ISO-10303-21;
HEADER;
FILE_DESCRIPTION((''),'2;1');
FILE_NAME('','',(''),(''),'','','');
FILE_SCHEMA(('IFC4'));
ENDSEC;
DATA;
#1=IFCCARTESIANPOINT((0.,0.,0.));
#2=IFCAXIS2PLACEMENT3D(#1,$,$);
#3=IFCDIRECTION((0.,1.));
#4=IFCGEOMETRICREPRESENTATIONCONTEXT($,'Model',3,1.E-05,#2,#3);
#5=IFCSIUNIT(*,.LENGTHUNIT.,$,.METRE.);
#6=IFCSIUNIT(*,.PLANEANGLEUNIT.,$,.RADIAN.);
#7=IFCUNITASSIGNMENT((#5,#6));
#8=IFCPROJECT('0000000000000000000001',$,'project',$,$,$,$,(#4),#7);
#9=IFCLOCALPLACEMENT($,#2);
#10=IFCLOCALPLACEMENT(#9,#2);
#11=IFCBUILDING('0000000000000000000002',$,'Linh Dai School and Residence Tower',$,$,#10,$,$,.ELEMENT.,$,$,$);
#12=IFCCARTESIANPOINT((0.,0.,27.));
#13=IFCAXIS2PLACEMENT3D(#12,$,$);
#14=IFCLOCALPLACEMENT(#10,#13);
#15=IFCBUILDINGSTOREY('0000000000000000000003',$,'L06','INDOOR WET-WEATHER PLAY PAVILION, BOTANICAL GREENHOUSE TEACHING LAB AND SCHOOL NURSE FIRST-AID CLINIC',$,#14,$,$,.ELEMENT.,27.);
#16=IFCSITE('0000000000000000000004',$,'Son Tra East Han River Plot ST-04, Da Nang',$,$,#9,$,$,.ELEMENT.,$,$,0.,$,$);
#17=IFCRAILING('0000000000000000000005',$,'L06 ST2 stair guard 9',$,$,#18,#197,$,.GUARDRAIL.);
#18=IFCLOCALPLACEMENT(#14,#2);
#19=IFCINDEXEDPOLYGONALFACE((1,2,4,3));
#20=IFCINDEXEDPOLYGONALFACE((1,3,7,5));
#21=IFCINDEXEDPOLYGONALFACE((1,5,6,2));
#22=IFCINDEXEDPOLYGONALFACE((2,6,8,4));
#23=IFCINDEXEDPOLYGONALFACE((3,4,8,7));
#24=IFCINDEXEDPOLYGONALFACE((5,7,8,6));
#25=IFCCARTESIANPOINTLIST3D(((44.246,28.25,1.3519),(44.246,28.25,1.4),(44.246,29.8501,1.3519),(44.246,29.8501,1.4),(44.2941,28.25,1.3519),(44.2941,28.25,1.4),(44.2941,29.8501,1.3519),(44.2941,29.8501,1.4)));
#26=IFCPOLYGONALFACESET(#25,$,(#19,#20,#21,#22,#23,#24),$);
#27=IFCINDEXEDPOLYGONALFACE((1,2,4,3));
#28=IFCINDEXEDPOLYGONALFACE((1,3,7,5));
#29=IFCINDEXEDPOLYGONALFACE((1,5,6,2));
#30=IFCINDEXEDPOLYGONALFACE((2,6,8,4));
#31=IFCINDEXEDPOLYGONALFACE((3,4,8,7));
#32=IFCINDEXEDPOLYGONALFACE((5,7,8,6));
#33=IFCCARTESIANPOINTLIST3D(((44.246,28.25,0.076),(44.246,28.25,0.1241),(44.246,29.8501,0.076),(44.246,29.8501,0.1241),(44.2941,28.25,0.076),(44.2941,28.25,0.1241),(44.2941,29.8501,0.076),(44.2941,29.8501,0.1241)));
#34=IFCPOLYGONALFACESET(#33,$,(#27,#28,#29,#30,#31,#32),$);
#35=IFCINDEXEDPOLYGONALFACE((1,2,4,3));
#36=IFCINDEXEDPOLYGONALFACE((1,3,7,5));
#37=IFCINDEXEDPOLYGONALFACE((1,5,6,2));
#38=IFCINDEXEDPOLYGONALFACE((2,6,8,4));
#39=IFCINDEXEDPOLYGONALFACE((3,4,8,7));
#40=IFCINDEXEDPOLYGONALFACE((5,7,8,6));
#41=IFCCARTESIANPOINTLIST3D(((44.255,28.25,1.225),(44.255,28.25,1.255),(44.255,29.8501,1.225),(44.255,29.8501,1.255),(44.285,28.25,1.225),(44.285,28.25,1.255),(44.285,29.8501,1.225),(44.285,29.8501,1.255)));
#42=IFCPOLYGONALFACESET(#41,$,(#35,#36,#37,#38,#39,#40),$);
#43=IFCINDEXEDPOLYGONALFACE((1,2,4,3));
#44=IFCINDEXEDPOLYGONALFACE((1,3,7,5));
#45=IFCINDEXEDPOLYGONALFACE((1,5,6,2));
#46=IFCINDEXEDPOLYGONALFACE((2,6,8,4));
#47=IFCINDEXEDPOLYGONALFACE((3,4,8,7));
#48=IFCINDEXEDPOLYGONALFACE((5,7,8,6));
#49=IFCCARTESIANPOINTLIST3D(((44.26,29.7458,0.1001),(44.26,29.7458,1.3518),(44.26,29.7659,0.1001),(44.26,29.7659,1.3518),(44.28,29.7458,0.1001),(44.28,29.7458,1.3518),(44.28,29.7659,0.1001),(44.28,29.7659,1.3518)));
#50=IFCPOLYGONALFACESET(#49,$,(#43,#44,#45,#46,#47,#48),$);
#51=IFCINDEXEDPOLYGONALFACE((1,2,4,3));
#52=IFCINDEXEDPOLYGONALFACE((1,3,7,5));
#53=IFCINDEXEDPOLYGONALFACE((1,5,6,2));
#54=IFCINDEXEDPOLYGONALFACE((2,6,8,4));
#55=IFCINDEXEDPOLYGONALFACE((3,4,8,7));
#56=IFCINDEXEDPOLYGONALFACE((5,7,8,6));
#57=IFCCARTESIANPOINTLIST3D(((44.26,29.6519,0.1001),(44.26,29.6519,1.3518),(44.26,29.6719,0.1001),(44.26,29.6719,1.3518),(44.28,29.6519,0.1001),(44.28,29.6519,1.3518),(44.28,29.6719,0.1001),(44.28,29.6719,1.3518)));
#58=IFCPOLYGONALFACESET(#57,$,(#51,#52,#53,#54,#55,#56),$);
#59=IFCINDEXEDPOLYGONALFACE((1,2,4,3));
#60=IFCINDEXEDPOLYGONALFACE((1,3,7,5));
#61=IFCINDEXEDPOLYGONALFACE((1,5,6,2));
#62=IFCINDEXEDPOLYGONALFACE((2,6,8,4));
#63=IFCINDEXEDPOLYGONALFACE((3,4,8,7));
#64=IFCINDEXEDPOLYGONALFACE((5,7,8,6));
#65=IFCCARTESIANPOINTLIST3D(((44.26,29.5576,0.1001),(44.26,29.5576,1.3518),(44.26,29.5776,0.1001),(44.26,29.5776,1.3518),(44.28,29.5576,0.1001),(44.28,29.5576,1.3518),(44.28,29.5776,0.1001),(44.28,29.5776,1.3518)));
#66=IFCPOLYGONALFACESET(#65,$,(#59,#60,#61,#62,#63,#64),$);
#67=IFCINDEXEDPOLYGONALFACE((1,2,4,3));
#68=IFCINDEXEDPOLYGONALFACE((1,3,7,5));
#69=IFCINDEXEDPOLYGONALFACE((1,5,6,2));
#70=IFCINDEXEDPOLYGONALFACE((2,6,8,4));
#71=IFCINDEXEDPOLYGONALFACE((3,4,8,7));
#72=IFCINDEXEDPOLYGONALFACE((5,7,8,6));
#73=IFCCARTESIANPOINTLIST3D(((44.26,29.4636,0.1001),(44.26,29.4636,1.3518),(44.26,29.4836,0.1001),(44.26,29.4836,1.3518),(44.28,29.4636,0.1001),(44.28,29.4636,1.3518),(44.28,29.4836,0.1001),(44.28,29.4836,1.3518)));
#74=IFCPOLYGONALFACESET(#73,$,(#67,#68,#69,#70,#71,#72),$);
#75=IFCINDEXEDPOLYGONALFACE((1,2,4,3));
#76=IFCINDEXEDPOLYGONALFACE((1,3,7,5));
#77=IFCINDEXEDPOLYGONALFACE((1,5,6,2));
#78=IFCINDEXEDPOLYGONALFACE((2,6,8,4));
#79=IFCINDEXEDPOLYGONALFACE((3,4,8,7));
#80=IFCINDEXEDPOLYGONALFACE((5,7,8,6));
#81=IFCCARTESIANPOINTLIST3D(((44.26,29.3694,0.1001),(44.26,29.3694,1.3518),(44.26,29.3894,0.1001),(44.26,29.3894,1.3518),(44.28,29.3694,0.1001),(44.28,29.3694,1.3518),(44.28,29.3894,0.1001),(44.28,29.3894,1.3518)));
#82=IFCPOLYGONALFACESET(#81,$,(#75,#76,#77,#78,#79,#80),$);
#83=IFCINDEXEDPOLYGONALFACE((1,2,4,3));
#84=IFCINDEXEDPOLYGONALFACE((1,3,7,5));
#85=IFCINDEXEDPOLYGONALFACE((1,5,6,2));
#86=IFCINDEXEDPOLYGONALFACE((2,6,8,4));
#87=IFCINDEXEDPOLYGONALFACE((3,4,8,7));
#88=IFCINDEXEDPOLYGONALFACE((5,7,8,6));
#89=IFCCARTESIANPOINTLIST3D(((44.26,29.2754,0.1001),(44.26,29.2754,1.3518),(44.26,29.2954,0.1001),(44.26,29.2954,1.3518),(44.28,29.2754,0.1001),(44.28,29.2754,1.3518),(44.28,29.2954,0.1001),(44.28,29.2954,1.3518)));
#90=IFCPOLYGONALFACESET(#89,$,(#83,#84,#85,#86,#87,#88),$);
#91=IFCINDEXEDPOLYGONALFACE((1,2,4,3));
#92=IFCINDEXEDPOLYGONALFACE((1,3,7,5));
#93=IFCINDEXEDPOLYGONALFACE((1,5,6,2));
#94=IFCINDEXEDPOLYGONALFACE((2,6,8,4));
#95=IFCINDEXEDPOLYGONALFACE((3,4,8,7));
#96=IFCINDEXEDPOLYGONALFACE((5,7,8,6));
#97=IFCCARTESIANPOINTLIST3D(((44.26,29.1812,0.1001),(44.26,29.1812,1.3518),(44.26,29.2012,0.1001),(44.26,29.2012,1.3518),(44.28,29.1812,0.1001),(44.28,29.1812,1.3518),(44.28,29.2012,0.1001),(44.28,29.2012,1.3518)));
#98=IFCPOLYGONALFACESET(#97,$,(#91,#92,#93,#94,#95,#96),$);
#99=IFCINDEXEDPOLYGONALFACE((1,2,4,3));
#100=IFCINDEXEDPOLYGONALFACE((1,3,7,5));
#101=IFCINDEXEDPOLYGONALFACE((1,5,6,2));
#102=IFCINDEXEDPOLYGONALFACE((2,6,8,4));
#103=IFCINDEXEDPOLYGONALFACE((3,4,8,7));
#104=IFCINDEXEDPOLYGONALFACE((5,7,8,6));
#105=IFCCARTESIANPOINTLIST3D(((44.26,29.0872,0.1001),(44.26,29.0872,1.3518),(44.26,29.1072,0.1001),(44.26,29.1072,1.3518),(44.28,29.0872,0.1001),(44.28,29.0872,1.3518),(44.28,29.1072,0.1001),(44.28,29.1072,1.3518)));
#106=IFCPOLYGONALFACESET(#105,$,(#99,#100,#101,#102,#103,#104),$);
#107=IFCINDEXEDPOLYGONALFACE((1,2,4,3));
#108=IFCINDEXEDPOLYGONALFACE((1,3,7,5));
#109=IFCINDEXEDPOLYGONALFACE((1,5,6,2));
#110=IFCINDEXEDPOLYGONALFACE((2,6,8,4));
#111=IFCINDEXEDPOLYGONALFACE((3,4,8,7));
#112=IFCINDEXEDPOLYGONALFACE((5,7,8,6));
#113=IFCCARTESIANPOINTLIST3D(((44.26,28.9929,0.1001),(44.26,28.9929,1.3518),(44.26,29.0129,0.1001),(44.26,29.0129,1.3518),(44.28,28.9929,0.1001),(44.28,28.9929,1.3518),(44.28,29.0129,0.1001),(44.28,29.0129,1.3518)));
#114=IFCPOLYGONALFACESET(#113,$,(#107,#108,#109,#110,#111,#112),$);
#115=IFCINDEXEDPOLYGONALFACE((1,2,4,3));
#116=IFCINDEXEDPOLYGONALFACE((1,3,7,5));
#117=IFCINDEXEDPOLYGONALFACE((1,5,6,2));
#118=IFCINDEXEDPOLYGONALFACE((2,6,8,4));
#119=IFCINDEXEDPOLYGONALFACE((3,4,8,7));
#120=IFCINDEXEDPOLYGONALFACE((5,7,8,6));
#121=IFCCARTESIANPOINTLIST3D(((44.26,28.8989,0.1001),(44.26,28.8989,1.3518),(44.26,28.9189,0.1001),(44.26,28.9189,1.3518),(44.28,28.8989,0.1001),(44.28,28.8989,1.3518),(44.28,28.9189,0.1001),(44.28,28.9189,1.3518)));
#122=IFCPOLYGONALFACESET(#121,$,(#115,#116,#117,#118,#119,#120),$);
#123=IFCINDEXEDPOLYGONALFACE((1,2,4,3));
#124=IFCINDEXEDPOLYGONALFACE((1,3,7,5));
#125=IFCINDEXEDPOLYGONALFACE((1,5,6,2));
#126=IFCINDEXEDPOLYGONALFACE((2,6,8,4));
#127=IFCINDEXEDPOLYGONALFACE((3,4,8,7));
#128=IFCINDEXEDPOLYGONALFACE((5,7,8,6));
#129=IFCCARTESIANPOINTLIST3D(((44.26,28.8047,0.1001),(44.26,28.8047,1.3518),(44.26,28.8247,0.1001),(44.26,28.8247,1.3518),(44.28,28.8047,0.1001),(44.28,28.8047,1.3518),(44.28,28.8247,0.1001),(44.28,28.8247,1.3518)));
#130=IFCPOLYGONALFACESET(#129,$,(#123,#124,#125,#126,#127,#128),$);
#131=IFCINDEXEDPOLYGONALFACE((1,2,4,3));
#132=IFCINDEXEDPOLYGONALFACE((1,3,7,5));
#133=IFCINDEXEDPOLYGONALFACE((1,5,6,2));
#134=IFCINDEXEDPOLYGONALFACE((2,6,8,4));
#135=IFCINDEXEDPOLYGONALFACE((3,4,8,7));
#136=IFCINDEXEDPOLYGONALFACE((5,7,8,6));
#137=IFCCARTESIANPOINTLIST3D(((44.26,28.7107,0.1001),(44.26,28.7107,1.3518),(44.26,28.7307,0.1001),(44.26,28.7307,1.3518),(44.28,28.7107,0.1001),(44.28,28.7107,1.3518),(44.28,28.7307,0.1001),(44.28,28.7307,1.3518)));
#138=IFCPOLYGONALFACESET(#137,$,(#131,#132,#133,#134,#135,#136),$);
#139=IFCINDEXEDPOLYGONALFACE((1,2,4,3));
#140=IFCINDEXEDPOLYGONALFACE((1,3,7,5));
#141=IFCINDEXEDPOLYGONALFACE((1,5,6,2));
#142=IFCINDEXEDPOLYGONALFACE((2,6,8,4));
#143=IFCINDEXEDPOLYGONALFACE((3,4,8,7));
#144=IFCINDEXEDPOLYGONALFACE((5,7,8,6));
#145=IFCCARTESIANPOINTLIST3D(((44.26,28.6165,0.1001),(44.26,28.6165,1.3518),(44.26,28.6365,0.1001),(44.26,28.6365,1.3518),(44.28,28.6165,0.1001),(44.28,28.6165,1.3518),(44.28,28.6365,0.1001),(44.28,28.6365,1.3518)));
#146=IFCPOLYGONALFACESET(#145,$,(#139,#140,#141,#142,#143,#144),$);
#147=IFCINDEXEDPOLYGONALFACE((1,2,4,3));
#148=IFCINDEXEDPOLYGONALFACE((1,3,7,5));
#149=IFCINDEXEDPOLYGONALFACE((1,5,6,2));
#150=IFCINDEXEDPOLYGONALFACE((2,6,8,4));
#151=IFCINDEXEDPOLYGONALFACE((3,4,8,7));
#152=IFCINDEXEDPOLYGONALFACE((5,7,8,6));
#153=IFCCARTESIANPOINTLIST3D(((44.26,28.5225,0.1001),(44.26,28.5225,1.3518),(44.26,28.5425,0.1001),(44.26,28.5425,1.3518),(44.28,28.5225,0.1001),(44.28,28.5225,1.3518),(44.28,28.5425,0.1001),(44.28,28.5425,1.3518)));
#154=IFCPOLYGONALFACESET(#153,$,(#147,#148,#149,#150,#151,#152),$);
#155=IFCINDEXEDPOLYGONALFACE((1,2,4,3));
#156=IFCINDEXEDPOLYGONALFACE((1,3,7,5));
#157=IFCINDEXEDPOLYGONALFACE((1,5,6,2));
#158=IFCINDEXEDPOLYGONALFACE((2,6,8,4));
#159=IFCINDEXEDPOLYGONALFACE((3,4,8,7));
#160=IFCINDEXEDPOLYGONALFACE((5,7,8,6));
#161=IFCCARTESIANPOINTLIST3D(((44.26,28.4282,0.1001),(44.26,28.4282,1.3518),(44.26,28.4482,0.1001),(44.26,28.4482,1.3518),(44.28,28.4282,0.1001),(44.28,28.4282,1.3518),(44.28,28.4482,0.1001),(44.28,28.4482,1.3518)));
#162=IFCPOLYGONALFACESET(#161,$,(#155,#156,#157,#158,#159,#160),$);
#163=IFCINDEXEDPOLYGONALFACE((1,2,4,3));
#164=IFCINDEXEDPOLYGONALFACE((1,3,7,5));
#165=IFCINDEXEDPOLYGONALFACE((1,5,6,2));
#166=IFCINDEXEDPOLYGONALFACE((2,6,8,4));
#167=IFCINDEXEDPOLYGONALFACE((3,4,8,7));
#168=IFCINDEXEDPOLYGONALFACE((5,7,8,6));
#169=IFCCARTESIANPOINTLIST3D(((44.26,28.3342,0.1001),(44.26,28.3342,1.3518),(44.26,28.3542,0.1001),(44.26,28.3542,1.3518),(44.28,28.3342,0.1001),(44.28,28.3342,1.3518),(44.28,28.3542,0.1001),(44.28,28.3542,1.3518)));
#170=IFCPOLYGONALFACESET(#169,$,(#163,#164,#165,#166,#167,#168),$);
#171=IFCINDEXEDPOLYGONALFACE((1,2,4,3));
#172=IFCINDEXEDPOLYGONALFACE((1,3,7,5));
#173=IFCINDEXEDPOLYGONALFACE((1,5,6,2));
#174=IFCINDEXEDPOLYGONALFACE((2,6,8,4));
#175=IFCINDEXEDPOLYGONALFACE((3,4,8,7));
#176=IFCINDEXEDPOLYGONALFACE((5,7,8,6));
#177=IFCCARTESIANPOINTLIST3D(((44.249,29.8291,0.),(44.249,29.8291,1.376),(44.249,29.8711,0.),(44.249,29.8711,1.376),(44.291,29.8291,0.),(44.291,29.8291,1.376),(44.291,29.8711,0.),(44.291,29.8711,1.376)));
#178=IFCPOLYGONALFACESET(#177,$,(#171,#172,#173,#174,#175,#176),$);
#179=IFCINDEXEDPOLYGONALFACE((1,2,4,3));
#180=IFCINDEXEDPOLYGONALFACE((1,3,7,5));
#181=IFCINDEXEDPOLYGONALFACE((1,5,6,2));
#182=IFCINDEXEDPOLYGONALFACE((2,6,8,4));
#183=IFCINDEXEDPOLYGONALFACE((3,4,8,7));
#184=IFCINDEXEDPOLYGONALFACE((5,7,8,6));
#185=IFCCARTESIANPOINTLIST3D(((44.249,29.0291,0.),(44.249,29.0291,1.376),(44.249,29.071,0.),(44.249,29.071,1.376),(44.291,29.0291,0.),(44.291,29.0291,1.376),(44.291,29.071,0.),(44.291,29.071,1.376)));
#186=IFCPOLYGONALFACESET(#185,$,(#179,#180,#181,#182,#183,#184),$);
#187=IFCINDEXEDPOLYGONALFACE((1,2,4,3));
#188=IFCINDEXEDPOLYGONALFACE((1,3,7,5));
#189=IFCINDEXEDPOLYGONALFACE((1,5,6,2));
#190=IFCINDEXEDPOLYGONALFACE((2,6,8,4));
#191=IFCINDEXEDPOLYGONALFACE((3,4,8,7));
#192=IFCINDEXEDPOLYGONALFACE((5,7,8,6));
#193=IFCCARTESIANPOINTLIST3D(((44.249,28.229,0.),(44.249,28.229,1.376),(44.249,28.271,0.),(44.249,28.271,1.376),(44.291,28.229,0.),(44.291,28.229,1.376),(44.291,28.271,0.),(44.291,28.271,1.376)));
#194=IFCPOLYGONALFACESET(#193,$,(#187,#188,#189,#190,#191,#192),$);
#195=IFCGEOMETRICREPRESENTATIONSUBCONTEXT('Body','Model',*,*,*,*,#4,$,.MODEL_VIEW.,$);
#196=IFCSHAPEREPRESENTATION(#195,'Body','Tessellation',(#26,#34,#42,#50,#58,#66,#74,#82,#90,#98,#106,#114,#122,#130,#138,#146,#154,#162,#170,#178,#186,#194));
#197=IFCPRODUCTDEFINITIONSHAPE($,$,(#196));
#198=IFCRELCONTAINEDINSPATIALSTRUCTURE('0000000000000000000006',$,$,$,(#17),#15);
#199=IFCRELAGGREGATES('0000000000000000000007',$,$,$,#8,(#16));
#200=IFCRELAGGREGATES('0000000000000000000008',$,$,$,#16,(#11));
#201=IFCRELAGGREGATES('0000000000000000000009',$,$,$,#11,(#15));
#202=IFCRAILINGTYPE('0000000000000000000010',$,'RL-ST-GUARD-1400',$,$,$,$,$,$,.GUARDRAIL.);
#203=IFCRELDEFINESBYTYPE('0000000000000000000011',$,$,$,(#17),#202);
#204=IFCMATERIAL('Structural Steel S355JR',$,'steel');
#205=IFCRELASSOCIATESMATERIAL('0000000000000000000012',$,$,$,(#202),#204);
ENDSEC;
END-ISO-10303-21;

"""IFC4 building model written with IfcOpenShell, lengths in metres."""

from ifc_helpers import new_model, si_unit, direction, frame, origin, origin_2d, place, context, subcontext, project, spatial, rectangle, extrude, source, transform, mapped, material, type_object, element, save


model = new_model("IFC4")

# Units and contexts
model_context = context("Model", 3, precision=1e-05, world=origin(), true_north=direction((0.0, 1.0)))
body_context = subcontext(model_context, "Body", "Model", "MODEL_VIEW")
ifc_project = project(units=[si_unit("LENGTHUNIT", "METRE"), si_unit("PLANEANGLEUNIT", "RADIAN")], contexts=[model_context])

# Site, building, storey
site_placement = place(None, origin())
site = spatial("IfcSite", under=ifc_project, at=site_placement, Name="Son Tra East Han River Plot ST-04, Da Nang", CompositionType="ELEMENT", RefElevation=0.0)
building_placement = place(site_placement, origin())
building = spatial("IfcBuilding", under=site, at=building_placement, Name="Linh Dai School and Residence Tower", CompositionType="ELEMENT")
storey_placement = place(building_placement, frame((0.0, 0.0, 27.0)))
storey = spatial("IfcBuildingStorey", under=building, at=storey_placement, Name="L06", Description="INDOOR WET-WEATHER PLAY PAVILION, BOTANICAL GREENHOUSE TEACHING LAB AND SCHOOL NURSE FIRST-AID CLINIC", CompositionType="ELEMENT", Elevation=27.0)

# Shared definitions
ifc_material_1 = material(Name="Structural Steel S355JR", Category="steel")

# Railing
railing_type_1 = type_object("IfcRailingType", Name="RL-ST-GUARD-1400", PredefinedType="GUARDRAIL", material=ifc_material_1)
shared_shape_1 = source(origin(), body_context, "Body", "SweptSolid", [
    extrude(rectangle(XDim=0.0481, YDim=0.0481, at=origin_2d()), frame((0.0, 0.0, 1.376), z_axis=(0.0, -1.0, 0.0), x_axis=(1.0, 0.0, 0.0)), (0.0, 0.0, 1.0), 1.6001),
    extrude(rectangle(XDim=0.0481, YDim=0.0481, at=origin_2d()), frame((0.0, 0.0, 0.1001), z_axis=(0.0, -1.0, 0.0), x_axis=(1.0, 0.0, 0.0)), (0.0, 0.0, 1.0), 1.6001),
    extrude(rectangle(XDim=0.03, YDim=0.03, at=origin_2d()), frame((0.0, 0.0, 1.24), z_axis=(0.0, -1.0, 0.0), x_axis=(1.0, 0.0, 0.0)), (0.0, 0.0, 1.0), 1.6001),
    extrude(rectangle(XDim=0.02, YDim=0.02, at=origin_2d()), frame((0.0, -0.0942, 0.1001)), (0.0, 0.0, 1.0), 1.2517),
    extrude(rectangle(XDim=0.02, YDim=0.02, at=origin_2d()), frame((0.0, -0.1882, 0.1001)), (0.0, 0.0, 1.0), 1.2517),
    extrude(rectangle(XDim=0.02, YDim=0.02, at=origin_2d()), frame((0.0, -0.2825, 0.1001)), (0.0, 0.0, 1.0), 1.2517),
    extrude(rectangle(XDim=0.02, YDim=0.02, at=origin_2d()), frame((0.0, -0.3765, 0.1001)), (0.0, 0.0, 1.0), 1.2517),
    extrude(rectangle(XDim=0.02, YDim=0.02, at=origin_2d()), frame((0.0, -0.4707, 0.1001)), (0.0, 0.0, 1.0), 1.2517),
    extrude(rectangle(XDim=0.02, YDim=0.02, at=origin_2d()), frame((0.0, -0.5647, 0.1001)), (0.0, 0.0, 1.0), 1.2517),
    extrude(rectangle(XDim=0.02, YDim=0.02, at=origin_2d()), frame((0.0, -0.6589, 0.1001)), (0.0, 0.0, 1.0), 1.2517),
    extrude(rectangle(XDim=0.02, YDim=0.02, at=origin_2d()), frame((0.0, -0.7529, 0.1001)), (0.0, 0.0, 1.0), 1.2517),
    extrude(rectangle(XDim=0.02, YDim=0.02, at=origin_2d()), frame((0.0, -0.8472, 0.1001)), (0.0, 0.0, 1.0), 1.2517),
    extrude(rectangle(XDim=0.02, YDim=0.02, at=origin_2d()), frame((0.0, -0.9412, 0.1001)), (0.0, 0.0, 1.0), 1.2517),
    extrude(rectangle(XDim=0.02, YDim=0.02, at=origin_2d()), frame((0.0, -1.0354, 0.1001)), (0.0, 0.0, 1.0), 1.2517),
    extrude(rectangle(XDim=0.02, YDim=0.02, at=origin_2d()), frame((0.0, -1.1294, 0.1001)), (0.0, 0.0, 1.0), 1.2517),
    extrude(rectangle(XDim=0.02, YDim=0.02, at=origin_2d()), frame((0.0, -1.2236, 0.1001)), (0.0, 0.0, 1.0), 1.2517),
    extrude(rectangle(XDim=0.02, YDim=0.02, at=origin_2d()), frame((0.0, -1.3176, 0.1001)), (0.0, 0.0, 1.0), 1.2517),
    extrude(rectangle(XDim=0.02, YDim=0.02, at=origin_2d()), frame((0.0, -1.4119, 0.1001)), (0.0, 0.0, 1.0), 1.2517),
    extrude(rectangle(XDim=0.02, YDim=0.02, at=origin_2d()), frame((0.0, -1.5059, 0.1001)), (0.0, 0.0, 1.0), 1.2517),
    extrude(rectangle(XDim=0.042, YDim=0.042, at=origin_2d()), origin(), (0.0, 0.0, 1.0), 1.376),
    extrude(rectangle(XDim=0.042, YDim=0.042, at=origin_2d()), frame((0.0, -0.8, 0.0)), (0.0, 0.0, 1.0), 1.376),
    extrude(rectangle(XDim=0.042, YDim=0.042, at=origin_2d()), frame((0.0, -1.6001, 0.0)), (0.0, 0.0, 1.0), 1.376),
])
for number, where, name in (
    (1, (44.27, 29.8501, 0.0), "L06 ST2 stair guard 9"),
):
    element("IfcRailing", number, at=place(storey_placement, frame(where)), inside=storey, type_object=railing_type_1, Name=name, PredefinedType="GUARDRAIL", context=body_context, shape_type="MappedRepresentation", body=[
        mapped(shared_shape_1, transform((0.0, 0.0, 0.0), x_axis=(1.0, 0.0, 0.0), y_axis=(0.0, 1.0, 0.0), z_axis=(0.0, 0.0, 1.0), scale=1.0)),
    ])

save(model, "model.ifc")
